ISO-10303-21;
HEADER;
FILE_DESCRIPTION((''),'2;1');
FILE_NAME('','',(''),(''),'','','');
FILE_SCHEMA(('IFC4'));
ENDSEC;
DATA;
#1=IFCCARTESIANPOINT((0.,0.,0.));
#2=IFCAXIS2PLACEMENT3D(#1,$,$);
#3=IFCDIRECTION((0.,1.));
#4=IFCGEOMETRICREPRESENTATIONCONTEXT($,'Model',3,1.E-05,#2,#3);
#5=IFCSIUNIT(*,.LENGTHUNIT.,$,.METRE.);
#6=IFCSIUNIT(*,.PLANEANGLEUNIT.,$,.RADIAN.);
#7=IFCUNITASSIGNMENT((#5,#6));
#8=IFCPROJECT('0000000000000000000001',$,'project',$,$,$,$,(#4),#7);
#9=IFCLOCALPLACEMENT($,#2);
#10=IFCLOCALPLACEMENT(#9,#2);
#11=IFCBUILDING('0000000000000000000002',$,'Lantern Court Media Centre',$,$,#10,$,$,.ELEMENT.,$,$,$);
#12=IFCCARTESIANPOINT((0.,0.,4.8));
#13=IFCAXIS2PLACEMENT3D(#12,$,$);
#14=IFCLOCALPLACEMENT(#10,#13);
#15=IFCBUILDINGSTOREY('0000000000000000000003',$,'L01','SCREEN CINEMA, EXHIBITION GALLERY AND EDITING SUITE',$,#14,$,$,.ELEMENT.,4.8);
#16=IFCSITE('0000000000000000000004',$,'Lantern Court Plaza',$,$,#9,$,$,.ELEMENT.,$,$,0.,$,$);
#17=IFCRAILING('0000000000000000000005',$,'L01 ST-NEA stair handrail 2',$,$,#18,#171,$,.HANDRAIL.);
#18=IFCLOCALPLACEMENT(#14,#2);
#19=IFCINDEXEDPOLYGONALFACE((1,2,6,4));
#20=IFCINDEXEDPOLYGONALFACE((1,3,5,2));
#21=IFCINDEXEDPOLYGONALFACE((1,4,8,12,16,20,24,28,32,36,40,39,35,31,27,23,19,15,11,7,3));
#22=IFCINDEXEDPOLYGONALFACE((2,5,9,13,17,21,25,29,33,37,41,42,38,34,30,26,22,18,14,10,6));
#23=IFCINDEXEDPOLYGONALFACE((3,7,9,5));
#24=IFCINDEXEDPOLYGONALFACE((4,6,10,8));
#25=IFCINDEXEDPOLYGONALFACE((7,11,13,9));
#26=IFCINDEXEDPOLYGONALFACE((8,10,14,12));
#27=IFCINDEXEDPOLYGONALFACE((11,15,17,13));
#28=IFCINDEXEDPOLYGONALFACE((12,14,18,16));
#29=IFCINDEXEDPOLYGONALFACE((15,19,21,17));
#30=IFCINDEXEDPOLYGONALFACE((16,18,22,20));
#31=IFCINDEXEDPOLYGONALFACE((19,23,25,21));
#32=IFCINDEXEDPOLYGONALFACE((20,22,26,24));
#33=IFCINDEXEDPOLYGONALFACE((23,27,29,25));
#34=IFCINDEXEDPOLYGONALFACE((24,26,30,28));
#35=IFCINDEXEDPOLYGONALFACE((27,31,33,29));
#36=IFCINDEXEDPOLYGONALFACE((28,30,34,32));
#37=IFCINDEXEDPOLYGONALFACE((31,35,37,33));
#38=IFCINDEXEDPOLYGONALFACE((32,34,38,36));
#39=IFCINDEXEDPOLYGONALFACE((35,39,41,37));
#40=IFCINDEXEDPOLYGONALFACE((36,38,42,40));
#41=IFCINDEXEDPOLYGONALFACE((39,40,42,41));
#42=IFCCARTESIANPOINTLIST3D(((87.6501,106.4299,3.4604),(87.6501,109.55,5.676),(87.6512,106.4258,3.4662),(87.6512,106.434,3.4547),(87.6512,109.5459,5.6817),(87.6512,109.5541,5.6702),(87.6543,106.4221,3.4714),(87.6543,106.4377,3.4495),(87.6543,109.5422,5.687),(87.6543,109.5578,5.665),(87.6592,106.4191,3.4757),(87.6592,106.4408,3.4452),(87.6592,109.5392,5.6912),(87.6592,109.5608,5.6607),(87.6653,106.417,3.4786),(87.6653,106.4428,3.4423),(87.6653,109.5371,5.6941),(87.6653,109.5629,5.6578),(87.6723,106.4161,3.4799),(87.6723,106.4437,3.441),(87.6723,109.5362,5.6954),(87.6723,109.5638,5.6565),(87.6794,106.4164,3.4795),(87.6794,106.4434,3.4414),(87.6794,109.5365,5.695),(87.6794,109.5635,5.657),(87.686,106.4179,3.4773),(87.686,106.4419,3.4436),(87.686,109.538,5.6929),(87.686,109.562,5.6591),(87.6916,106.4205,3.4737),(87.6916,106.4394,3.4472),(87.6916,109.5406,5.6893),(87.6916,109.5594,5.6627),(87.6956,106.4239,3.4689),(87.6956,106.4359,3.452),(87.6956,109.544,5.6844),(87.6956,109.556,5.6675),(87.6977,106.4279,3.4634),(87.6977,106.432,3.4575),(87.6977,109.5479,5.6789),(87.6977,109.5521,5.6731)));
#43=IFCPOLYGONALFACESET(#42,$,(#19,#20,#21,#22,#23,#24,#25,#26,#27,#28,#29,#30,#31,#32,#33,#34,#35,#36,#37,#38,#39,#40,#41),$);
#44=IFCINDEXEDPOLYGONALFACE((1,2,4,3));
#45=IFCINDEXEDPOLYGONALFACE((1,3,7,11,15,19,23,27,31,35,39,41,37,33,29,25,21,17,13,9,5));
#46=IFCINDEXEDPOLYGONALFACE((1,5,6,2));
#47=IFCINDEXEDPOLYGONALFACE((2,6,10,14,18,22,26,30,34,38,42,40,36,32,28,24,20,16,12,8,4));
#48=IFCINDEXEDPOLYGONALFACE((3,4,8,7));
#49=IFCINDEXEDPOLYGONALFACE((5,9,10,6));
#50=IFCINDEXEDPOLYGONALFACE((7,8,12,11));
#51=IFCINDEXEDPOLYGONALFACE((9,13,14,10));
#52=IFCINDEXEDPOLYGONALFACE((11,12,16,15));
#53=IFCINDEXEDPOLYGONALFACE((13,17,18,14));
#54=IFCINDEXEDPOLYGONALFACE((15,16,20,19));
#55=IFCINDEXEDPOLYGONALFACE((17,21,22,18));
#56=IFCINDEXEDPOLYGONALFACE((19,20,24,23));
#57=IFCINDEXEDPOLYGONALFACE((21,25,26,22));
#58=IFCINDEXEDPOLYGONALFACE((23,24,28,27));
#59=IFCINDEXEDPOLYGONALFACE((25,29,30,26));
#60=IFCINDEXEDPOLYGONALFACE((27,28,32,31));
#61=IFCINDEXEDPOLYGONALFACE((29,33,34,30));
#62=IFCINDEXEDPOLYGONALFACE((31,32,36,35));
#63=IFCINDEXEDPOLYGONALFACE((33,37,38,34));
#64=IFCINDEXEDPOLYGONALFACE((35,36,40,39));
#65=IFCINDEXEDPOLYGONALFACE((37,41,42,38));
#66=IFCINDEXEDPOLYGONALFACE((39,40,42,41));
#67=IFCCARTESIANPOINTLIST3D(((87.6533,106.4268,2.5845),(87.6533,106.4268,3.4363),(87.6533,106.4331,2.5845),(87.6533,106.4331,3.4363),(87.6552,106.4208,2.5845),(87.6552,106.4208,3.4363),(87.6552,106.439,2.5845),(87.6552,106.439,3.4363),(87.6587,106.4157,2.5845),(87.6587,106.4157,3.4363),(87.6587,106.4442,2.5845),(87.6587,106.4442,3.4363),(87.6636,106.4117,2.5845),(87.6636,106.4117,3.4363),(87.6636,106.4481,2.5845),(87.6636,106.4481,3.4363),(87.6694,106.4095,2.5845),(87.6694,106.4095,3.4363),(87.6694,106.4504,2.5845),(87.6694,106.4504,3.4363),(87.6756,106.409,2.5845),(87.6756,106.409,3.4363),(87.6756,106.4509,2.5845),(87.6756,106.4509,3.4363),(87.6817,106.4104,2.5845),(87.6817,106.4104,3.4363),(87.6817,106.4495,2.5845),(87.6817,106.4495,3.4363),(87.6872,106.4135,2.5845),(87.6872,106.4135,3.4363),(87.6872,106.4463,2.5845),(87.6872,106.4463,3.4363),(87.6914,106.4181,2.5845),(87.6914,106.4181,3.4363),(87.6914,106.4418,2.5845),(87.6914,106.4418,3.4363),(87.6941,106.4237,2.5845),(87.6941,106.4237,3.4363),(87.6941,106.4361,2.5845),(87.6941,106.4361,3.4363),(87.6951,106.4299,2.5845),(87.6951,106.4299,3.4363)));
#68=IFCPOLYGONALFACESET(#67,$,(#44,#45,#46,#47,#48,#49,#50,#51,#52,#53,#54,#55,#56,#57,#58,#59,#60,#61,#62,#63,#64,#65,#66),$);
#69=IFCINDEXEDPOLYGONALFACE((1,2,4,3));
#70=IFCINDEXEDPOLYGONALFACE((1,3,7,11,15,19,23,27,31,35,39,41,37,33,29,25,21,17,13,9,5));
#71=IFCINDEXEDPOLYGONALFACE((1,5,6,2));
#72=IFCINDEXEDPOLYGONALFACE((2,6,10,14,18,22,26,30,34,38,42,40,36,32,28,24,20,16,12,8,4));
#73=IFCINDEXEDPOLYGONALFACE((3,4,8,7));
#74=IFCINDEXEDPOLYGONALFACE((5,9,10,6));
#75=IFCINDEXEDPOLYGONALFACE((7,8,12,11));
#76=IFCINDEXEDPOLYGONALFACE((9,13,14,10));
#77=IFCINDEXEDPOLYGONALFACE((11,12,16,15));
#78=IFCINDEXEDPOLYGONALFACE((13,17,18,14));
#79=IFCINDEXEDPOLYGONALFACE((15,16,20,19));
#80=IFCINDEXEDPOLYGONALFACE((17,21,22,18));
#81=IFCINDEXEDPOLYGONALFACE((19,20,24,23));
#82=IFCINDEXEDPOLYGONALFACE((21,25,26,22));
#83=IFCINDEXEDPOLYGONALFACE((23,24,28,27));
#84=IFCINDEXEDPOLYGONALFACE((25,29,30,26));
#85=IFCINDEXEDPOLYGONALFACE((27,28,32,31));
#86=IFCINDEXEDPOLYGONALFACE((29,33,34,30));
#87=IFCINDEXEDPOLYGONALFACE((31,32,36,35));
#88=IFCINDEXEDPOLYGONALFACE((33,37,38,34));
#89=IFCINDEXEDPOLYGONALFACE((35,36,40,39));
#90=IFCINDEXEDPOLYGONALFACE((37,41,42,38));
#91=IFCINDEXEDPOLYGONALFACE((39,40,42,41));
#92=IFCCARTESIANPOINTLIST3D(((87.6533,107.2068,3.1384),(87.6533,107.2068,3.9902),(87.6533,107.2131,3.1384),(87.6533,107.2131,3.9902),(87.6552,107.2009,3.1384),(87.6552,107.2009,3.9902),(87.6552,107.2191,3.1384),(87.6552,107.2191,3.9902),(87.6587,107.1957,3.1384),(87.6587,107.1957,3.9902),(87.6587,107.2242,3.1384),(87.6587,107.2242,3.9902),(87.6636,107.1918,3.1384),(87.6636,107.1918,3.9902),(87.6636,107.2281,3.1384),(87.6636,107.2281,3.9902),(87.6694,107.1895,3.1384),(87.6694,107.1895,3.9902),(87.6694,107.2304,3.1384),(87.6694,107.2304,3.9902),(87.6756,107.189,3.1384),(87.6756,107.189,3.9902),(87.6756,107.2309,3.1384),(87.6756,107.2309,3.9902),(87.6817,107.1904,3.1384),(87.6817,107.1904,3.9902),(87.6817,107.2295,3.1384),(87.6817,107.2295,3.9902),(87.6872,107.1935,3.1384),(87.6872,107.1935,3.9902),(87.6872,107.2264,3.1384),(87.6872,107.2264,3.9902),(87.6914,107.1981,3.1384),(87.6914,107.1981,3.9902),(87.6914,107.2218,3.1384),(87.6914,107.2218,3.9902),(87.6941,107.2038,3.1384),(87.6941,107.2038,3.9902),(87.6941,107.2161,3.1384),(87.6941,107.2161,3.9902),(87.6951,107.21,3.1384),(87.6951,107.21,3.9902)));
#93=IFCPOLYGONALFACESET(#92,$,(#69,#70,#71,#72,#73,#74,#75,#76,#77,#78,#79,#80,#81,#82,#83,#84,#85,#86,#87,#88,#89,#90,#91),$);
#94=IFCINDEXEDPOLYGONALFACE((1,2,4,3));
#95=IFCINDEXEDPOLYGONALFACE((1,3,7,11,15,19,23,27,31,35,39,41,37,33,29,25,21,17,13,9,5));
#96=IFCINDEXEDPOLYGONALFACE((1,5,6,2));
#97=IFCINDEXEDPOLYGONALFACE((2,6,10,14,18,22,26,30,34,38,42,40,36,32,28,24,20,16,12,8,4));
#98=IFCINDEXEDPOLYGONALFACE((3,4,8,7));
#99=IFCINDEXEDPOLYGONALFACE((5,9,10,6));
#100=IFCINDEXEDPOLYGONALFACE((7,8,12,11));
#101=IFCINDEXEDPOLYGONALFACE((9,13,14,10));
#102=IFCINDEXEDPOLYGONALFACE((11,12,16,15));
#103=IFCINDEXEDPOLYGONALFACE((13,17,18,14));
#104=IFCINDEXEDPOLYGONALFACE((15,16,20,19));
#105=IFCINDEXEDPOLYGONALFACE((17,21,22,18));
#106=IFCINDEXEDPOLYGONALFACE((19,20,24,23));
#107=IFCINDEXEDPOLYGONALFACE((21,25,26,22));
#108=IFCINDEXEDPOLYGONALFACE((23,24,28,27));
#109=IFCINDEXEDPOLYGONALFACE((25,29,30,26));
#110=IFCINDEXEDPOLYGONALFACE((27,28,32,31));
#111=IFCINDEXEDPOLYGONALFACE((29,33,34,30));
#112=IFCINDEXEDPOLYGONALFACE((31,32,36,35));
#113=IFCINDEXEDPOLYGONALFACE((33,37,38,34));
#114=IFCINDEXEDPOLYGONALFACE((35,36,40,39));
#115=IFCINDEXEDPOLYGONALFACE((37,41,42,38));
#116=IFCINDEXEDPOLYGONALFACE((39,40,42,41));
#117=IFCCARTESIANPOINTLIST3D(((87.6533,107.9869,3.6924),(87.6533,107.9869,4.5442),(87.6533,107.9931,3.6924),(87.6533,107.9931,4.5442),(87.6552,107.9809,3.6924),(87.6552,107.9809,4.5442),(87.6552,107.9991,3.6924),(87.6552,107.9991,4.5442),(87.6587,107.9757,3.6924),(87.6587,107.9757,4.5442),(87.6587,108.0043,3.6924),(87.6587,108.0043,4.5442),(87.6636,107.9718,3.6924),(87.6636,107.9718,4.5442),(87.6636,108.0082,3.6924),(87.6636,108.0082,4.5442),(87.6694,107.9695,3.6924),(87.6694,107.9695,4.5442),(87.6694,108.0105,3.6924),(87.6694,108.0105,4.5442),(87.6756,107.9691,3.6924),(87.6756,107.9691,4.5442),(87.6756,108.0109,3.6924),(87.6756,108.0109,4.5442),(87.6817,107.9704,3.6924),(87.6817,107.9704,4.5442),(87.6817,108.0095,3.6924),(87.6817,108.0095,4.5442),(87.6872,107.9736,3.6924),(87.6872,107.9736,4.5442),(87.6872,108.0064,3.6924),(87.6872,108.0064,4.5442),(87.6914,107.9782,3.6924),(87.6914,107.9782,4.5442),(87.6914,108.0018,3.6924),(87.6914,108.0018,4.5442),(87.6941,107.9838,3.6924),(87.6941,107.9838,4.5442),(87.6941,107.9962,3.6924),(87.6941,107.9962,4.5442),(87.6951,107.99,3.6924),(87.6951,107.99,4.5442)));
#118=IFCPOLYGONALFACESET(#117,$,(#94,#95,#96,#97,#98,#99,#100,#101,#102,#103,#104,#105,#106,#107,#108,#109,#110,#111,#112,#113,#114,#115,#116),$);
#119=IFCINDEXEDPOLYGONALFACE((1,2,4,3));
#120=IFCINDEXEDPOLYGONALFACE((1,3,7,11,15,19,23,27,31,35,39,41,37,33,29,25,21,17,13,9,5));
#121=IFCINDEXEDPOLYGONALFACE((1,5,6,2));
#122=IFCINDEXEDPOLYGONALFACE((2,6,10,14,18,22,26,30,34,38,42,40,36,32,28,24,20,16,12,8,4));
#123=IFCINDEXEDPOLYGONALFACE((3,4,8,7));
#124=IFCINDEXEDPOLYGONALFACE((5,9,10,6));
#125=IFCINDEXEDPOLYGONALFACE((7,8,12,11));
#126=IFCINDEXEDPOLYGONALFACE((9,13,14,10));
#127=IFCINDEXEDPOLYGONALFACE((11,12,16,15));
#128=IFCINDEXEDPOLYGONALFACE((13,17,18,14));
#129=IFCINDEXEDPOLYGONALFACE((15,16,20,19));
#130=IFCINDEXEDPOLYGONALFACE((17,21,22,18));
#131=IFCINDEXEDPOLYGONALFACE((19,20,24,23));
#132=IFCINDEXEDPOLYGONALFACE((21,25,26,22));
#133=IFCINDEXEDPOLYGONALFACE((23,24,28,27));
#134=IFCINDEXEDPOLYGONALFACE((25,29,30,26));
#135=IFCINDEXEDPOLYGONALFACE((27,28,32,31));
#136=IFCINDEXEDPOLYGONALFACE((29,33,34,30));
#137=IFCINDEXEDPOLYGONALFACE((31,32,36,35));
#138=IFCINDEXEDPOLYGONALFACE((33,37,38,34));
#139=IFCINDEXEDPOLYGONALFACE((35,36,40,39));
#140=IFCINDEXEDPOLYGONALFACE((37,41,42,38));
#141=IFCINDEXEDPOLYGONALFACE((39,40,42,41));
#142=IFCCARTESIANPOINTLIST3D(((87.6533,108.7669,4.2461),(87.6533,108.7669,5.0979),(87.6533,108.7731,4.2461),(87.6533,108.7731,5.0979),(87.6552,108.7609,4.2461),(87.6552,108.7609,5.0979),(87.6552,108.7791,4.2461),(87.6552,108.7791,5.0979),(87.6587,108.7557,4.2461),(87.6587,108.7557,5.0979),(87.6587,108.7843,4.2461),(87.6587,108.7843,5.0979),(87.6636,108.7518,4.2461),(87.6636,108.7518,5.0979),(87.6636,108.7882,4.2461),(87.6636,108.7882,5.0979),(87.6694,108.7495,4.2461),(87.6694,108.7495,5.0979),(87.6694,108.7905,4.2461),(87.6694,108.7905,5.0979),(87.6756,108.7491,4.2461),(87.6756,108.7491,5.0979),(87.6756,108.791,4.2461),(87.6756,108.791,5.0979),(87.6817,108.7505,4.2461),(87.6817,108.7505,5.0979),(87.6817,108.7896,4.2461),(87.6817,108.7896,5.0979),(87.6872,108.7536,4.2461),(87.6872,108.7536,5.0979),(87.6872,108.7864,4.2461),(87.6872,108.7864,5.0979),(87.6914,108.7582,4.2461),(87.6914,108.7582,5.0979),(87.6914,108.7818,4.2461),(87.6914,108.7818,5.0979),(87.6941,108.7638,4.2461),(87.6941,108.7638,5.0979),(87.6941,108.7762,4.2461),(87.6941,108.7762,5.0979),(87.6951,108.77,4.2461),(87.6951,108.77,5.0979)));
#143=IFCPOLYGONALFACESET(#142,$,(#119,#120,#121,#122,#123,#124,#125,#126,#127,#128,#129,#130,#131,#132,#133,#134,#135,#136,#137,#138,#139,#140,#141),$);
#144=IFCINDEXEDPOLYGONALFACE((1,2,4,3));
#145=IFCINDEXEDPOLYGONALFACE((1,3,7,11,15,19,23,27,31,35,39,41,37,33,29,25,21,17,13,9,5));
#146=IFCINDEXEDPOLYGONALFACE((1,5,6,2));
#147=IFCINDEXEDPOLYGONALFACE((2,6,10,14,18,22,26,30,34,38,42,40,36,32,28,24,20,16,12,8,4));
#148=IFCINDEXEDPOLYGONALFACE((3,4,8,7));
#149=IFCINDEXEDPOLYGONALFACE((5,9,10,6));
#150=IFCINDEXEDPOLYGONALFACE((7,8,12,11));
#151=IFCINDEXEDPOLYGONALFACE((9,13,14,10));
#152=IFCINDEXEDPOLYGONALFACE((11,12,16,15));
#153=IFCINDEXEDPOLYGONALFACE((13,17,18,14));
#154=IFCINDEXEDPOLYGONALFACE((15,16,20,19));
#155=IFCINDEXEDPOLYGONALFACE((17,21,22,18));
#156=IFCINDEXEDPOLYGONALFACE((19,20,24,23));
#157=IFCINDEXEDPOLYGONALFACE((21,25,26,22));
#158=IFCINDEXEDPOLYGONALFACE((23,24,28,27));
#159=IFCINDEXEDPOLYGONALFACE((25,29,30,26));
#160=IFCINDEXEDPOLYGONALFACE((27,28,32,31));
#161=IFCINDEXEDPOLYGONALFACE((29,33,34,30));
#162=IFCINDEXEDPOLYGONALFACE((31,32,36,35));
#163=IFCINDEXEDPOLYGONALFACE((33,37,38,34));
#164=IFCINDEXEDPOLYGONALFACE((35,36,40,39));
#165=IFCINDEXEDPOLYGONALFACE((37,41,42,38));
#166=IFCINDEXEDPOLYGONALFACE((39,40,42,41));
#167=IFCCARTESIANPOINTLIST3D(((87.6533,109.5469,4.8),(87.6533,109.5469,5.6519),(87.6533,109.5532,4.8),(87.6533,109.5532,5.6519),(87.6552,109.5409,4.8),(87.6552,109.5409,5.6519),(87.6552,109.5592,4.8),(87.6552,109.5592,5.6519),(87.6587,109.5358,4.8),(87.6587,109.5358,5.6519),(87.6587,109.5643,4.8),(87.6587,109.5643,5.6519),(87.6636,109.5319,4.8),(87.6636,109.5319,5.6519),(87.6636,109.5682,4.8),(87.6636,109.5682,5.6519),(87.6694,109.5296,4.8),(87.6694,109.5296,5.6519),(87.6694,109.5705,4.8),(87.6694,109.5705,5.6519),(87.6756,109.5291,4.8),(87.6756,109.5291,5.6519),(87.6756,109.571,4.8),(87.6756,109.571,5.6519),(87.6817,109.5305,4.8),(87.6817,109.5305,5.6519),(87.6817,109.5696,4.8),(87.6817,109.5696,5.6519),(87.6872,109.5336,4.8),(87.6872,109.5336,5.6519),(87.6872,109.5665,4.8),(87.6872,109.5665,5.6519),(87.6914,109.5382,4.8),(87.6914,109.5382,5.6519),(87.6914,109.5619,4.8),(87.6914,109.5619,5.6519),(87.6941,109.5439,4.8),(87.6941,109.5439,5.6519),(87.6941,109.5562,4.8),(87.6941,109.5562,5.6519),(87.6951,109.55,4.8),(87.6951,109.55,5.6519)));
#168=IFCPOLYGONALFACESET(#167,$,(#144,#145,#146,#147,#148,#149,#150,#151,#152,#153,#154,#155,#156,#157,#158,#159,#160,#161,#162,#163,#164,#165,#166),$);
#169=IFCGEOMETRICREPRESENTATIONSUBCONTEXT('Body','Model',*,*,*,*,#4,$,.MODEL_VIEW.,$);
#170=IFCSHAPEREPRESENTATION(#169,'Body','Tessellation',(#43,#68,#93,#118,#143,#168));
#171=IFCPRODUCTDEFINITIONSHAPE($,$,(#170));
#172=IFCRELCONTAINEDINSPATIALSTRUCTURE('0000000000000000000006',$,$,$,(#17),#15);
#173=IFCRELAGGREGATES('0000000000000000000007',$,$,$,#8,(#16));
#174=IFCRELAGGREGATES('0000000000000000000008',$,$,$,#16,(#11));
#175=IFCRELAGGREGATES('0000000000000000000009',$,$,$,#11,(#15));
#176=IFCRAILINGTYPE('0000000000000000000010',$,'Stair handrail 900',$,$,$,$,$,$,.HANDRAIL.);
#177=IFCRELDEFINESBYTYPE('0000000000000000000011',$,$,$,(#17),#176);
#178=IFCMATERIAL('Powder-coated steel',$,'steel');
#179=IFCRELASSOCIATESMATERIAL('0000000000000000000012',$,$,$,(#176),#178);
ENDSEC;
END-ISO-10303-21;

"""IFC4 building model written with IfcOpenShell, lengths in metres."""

from ifc_helpers import new_model, si_unit, direction, frame, origin, origin_2d, place, context, subcontext, project, spatial, circle, extrude, material, type_object, element, save


model = new_model("IFC4")

# Units and contexts
model_context = context("Model", 3, precision=1e-05, world=origin(), true_north=direction((0.0, 1.0)))
body_context = subcontext(model_context, "Body", "Model", "MODEL_VIEW")
ifc_project = project(units=[si_unit("LENGTHUNIT", "METRE"), si_unit("PLANEANGLEUNIT", "RADIAN")], contexts=[model_context])

# Site, building, storey
site_placement = place(None, origin())
site = spatial("IfcSite", under=ifc_project, at=site_placement, Name="Lantern Court Plaza", CompositionType="ELEMENT", RefElevation=0.0)
building_placement = place(site_placement, origin())
building = spatial("IfcBuilding", under=site, at=building_placement, Name="Lantern Court Media Centre", CompositionType="ELEMENT")
storey_placement = place(building_placement, frame((0.0, 0.0, 4.8)))
storey = spatial("IfcBuildingStorey", under=building, at=storey_placement, Name="L01", Description="SCREEN CINEMA, EXHIBITION GALLERY AND EDITING SUITE", CompositionType="ELEMENT", Elevation=4.8)

# Shared definitions
ifc_material_1 = material(Name="Powder-coated steel", Category="steel")

# Railing
railing_type_1 = type_object("IfcRailingType", Name="Stair handrail 900", PredefinedType="HANDRAIL", material=ifc_material_1)
railing_1_placement = place(storey_placement, frame((87.6741, 106.4299, 2.5845)))
element("IfcRailing", 1, at=railing_1_placement, inside=storey, type_object=railing_type_1, Name="L01 ST-NEA stair handrail 2", PredefinedType="HANDRAIL", context=body_context, shape_type="SweptSolid", body=[
    extrude(circle(Radius=0.0239, at=origin_2d()), frame((0.0, 0.0, 0.876), z_axis=(0.0, 0.815347, 0.578973), x_axis=(-1.0, 0.0, 0.0)), (0.0, 0.0, 1.0), 3.8267),
    extrude(circle(Radius=0.021, at=origin_2d()), origin(), (0.0, 0.0, 1.0), 0.8518),
    extrude(circle(Radius=0.021, at=origin_2d()), frame((0.0, 0.78, 0.554)), (0.0, 0.0, 1.0), 0.8518),
    extrude(circle(Radius=0.021, at=origin_2d()), frame((0.0, 1.5601, 1.1079)), (0.0, 0.0, 1.0), 0.8518),
    extrude(circle(Radius=0.021, at=origin_2d()), frame((0.0, 2.3401, 1.6616)), (0.0, 0.0, 1.0), 0.8518),
    extrude(circle(Radius=0.021, at=origin_2d()), frame((0.0, 3.1201, 2.2156)), (0.0, 0.0, 1.0), 0.8518),
])

save(model, "model.ifc")
